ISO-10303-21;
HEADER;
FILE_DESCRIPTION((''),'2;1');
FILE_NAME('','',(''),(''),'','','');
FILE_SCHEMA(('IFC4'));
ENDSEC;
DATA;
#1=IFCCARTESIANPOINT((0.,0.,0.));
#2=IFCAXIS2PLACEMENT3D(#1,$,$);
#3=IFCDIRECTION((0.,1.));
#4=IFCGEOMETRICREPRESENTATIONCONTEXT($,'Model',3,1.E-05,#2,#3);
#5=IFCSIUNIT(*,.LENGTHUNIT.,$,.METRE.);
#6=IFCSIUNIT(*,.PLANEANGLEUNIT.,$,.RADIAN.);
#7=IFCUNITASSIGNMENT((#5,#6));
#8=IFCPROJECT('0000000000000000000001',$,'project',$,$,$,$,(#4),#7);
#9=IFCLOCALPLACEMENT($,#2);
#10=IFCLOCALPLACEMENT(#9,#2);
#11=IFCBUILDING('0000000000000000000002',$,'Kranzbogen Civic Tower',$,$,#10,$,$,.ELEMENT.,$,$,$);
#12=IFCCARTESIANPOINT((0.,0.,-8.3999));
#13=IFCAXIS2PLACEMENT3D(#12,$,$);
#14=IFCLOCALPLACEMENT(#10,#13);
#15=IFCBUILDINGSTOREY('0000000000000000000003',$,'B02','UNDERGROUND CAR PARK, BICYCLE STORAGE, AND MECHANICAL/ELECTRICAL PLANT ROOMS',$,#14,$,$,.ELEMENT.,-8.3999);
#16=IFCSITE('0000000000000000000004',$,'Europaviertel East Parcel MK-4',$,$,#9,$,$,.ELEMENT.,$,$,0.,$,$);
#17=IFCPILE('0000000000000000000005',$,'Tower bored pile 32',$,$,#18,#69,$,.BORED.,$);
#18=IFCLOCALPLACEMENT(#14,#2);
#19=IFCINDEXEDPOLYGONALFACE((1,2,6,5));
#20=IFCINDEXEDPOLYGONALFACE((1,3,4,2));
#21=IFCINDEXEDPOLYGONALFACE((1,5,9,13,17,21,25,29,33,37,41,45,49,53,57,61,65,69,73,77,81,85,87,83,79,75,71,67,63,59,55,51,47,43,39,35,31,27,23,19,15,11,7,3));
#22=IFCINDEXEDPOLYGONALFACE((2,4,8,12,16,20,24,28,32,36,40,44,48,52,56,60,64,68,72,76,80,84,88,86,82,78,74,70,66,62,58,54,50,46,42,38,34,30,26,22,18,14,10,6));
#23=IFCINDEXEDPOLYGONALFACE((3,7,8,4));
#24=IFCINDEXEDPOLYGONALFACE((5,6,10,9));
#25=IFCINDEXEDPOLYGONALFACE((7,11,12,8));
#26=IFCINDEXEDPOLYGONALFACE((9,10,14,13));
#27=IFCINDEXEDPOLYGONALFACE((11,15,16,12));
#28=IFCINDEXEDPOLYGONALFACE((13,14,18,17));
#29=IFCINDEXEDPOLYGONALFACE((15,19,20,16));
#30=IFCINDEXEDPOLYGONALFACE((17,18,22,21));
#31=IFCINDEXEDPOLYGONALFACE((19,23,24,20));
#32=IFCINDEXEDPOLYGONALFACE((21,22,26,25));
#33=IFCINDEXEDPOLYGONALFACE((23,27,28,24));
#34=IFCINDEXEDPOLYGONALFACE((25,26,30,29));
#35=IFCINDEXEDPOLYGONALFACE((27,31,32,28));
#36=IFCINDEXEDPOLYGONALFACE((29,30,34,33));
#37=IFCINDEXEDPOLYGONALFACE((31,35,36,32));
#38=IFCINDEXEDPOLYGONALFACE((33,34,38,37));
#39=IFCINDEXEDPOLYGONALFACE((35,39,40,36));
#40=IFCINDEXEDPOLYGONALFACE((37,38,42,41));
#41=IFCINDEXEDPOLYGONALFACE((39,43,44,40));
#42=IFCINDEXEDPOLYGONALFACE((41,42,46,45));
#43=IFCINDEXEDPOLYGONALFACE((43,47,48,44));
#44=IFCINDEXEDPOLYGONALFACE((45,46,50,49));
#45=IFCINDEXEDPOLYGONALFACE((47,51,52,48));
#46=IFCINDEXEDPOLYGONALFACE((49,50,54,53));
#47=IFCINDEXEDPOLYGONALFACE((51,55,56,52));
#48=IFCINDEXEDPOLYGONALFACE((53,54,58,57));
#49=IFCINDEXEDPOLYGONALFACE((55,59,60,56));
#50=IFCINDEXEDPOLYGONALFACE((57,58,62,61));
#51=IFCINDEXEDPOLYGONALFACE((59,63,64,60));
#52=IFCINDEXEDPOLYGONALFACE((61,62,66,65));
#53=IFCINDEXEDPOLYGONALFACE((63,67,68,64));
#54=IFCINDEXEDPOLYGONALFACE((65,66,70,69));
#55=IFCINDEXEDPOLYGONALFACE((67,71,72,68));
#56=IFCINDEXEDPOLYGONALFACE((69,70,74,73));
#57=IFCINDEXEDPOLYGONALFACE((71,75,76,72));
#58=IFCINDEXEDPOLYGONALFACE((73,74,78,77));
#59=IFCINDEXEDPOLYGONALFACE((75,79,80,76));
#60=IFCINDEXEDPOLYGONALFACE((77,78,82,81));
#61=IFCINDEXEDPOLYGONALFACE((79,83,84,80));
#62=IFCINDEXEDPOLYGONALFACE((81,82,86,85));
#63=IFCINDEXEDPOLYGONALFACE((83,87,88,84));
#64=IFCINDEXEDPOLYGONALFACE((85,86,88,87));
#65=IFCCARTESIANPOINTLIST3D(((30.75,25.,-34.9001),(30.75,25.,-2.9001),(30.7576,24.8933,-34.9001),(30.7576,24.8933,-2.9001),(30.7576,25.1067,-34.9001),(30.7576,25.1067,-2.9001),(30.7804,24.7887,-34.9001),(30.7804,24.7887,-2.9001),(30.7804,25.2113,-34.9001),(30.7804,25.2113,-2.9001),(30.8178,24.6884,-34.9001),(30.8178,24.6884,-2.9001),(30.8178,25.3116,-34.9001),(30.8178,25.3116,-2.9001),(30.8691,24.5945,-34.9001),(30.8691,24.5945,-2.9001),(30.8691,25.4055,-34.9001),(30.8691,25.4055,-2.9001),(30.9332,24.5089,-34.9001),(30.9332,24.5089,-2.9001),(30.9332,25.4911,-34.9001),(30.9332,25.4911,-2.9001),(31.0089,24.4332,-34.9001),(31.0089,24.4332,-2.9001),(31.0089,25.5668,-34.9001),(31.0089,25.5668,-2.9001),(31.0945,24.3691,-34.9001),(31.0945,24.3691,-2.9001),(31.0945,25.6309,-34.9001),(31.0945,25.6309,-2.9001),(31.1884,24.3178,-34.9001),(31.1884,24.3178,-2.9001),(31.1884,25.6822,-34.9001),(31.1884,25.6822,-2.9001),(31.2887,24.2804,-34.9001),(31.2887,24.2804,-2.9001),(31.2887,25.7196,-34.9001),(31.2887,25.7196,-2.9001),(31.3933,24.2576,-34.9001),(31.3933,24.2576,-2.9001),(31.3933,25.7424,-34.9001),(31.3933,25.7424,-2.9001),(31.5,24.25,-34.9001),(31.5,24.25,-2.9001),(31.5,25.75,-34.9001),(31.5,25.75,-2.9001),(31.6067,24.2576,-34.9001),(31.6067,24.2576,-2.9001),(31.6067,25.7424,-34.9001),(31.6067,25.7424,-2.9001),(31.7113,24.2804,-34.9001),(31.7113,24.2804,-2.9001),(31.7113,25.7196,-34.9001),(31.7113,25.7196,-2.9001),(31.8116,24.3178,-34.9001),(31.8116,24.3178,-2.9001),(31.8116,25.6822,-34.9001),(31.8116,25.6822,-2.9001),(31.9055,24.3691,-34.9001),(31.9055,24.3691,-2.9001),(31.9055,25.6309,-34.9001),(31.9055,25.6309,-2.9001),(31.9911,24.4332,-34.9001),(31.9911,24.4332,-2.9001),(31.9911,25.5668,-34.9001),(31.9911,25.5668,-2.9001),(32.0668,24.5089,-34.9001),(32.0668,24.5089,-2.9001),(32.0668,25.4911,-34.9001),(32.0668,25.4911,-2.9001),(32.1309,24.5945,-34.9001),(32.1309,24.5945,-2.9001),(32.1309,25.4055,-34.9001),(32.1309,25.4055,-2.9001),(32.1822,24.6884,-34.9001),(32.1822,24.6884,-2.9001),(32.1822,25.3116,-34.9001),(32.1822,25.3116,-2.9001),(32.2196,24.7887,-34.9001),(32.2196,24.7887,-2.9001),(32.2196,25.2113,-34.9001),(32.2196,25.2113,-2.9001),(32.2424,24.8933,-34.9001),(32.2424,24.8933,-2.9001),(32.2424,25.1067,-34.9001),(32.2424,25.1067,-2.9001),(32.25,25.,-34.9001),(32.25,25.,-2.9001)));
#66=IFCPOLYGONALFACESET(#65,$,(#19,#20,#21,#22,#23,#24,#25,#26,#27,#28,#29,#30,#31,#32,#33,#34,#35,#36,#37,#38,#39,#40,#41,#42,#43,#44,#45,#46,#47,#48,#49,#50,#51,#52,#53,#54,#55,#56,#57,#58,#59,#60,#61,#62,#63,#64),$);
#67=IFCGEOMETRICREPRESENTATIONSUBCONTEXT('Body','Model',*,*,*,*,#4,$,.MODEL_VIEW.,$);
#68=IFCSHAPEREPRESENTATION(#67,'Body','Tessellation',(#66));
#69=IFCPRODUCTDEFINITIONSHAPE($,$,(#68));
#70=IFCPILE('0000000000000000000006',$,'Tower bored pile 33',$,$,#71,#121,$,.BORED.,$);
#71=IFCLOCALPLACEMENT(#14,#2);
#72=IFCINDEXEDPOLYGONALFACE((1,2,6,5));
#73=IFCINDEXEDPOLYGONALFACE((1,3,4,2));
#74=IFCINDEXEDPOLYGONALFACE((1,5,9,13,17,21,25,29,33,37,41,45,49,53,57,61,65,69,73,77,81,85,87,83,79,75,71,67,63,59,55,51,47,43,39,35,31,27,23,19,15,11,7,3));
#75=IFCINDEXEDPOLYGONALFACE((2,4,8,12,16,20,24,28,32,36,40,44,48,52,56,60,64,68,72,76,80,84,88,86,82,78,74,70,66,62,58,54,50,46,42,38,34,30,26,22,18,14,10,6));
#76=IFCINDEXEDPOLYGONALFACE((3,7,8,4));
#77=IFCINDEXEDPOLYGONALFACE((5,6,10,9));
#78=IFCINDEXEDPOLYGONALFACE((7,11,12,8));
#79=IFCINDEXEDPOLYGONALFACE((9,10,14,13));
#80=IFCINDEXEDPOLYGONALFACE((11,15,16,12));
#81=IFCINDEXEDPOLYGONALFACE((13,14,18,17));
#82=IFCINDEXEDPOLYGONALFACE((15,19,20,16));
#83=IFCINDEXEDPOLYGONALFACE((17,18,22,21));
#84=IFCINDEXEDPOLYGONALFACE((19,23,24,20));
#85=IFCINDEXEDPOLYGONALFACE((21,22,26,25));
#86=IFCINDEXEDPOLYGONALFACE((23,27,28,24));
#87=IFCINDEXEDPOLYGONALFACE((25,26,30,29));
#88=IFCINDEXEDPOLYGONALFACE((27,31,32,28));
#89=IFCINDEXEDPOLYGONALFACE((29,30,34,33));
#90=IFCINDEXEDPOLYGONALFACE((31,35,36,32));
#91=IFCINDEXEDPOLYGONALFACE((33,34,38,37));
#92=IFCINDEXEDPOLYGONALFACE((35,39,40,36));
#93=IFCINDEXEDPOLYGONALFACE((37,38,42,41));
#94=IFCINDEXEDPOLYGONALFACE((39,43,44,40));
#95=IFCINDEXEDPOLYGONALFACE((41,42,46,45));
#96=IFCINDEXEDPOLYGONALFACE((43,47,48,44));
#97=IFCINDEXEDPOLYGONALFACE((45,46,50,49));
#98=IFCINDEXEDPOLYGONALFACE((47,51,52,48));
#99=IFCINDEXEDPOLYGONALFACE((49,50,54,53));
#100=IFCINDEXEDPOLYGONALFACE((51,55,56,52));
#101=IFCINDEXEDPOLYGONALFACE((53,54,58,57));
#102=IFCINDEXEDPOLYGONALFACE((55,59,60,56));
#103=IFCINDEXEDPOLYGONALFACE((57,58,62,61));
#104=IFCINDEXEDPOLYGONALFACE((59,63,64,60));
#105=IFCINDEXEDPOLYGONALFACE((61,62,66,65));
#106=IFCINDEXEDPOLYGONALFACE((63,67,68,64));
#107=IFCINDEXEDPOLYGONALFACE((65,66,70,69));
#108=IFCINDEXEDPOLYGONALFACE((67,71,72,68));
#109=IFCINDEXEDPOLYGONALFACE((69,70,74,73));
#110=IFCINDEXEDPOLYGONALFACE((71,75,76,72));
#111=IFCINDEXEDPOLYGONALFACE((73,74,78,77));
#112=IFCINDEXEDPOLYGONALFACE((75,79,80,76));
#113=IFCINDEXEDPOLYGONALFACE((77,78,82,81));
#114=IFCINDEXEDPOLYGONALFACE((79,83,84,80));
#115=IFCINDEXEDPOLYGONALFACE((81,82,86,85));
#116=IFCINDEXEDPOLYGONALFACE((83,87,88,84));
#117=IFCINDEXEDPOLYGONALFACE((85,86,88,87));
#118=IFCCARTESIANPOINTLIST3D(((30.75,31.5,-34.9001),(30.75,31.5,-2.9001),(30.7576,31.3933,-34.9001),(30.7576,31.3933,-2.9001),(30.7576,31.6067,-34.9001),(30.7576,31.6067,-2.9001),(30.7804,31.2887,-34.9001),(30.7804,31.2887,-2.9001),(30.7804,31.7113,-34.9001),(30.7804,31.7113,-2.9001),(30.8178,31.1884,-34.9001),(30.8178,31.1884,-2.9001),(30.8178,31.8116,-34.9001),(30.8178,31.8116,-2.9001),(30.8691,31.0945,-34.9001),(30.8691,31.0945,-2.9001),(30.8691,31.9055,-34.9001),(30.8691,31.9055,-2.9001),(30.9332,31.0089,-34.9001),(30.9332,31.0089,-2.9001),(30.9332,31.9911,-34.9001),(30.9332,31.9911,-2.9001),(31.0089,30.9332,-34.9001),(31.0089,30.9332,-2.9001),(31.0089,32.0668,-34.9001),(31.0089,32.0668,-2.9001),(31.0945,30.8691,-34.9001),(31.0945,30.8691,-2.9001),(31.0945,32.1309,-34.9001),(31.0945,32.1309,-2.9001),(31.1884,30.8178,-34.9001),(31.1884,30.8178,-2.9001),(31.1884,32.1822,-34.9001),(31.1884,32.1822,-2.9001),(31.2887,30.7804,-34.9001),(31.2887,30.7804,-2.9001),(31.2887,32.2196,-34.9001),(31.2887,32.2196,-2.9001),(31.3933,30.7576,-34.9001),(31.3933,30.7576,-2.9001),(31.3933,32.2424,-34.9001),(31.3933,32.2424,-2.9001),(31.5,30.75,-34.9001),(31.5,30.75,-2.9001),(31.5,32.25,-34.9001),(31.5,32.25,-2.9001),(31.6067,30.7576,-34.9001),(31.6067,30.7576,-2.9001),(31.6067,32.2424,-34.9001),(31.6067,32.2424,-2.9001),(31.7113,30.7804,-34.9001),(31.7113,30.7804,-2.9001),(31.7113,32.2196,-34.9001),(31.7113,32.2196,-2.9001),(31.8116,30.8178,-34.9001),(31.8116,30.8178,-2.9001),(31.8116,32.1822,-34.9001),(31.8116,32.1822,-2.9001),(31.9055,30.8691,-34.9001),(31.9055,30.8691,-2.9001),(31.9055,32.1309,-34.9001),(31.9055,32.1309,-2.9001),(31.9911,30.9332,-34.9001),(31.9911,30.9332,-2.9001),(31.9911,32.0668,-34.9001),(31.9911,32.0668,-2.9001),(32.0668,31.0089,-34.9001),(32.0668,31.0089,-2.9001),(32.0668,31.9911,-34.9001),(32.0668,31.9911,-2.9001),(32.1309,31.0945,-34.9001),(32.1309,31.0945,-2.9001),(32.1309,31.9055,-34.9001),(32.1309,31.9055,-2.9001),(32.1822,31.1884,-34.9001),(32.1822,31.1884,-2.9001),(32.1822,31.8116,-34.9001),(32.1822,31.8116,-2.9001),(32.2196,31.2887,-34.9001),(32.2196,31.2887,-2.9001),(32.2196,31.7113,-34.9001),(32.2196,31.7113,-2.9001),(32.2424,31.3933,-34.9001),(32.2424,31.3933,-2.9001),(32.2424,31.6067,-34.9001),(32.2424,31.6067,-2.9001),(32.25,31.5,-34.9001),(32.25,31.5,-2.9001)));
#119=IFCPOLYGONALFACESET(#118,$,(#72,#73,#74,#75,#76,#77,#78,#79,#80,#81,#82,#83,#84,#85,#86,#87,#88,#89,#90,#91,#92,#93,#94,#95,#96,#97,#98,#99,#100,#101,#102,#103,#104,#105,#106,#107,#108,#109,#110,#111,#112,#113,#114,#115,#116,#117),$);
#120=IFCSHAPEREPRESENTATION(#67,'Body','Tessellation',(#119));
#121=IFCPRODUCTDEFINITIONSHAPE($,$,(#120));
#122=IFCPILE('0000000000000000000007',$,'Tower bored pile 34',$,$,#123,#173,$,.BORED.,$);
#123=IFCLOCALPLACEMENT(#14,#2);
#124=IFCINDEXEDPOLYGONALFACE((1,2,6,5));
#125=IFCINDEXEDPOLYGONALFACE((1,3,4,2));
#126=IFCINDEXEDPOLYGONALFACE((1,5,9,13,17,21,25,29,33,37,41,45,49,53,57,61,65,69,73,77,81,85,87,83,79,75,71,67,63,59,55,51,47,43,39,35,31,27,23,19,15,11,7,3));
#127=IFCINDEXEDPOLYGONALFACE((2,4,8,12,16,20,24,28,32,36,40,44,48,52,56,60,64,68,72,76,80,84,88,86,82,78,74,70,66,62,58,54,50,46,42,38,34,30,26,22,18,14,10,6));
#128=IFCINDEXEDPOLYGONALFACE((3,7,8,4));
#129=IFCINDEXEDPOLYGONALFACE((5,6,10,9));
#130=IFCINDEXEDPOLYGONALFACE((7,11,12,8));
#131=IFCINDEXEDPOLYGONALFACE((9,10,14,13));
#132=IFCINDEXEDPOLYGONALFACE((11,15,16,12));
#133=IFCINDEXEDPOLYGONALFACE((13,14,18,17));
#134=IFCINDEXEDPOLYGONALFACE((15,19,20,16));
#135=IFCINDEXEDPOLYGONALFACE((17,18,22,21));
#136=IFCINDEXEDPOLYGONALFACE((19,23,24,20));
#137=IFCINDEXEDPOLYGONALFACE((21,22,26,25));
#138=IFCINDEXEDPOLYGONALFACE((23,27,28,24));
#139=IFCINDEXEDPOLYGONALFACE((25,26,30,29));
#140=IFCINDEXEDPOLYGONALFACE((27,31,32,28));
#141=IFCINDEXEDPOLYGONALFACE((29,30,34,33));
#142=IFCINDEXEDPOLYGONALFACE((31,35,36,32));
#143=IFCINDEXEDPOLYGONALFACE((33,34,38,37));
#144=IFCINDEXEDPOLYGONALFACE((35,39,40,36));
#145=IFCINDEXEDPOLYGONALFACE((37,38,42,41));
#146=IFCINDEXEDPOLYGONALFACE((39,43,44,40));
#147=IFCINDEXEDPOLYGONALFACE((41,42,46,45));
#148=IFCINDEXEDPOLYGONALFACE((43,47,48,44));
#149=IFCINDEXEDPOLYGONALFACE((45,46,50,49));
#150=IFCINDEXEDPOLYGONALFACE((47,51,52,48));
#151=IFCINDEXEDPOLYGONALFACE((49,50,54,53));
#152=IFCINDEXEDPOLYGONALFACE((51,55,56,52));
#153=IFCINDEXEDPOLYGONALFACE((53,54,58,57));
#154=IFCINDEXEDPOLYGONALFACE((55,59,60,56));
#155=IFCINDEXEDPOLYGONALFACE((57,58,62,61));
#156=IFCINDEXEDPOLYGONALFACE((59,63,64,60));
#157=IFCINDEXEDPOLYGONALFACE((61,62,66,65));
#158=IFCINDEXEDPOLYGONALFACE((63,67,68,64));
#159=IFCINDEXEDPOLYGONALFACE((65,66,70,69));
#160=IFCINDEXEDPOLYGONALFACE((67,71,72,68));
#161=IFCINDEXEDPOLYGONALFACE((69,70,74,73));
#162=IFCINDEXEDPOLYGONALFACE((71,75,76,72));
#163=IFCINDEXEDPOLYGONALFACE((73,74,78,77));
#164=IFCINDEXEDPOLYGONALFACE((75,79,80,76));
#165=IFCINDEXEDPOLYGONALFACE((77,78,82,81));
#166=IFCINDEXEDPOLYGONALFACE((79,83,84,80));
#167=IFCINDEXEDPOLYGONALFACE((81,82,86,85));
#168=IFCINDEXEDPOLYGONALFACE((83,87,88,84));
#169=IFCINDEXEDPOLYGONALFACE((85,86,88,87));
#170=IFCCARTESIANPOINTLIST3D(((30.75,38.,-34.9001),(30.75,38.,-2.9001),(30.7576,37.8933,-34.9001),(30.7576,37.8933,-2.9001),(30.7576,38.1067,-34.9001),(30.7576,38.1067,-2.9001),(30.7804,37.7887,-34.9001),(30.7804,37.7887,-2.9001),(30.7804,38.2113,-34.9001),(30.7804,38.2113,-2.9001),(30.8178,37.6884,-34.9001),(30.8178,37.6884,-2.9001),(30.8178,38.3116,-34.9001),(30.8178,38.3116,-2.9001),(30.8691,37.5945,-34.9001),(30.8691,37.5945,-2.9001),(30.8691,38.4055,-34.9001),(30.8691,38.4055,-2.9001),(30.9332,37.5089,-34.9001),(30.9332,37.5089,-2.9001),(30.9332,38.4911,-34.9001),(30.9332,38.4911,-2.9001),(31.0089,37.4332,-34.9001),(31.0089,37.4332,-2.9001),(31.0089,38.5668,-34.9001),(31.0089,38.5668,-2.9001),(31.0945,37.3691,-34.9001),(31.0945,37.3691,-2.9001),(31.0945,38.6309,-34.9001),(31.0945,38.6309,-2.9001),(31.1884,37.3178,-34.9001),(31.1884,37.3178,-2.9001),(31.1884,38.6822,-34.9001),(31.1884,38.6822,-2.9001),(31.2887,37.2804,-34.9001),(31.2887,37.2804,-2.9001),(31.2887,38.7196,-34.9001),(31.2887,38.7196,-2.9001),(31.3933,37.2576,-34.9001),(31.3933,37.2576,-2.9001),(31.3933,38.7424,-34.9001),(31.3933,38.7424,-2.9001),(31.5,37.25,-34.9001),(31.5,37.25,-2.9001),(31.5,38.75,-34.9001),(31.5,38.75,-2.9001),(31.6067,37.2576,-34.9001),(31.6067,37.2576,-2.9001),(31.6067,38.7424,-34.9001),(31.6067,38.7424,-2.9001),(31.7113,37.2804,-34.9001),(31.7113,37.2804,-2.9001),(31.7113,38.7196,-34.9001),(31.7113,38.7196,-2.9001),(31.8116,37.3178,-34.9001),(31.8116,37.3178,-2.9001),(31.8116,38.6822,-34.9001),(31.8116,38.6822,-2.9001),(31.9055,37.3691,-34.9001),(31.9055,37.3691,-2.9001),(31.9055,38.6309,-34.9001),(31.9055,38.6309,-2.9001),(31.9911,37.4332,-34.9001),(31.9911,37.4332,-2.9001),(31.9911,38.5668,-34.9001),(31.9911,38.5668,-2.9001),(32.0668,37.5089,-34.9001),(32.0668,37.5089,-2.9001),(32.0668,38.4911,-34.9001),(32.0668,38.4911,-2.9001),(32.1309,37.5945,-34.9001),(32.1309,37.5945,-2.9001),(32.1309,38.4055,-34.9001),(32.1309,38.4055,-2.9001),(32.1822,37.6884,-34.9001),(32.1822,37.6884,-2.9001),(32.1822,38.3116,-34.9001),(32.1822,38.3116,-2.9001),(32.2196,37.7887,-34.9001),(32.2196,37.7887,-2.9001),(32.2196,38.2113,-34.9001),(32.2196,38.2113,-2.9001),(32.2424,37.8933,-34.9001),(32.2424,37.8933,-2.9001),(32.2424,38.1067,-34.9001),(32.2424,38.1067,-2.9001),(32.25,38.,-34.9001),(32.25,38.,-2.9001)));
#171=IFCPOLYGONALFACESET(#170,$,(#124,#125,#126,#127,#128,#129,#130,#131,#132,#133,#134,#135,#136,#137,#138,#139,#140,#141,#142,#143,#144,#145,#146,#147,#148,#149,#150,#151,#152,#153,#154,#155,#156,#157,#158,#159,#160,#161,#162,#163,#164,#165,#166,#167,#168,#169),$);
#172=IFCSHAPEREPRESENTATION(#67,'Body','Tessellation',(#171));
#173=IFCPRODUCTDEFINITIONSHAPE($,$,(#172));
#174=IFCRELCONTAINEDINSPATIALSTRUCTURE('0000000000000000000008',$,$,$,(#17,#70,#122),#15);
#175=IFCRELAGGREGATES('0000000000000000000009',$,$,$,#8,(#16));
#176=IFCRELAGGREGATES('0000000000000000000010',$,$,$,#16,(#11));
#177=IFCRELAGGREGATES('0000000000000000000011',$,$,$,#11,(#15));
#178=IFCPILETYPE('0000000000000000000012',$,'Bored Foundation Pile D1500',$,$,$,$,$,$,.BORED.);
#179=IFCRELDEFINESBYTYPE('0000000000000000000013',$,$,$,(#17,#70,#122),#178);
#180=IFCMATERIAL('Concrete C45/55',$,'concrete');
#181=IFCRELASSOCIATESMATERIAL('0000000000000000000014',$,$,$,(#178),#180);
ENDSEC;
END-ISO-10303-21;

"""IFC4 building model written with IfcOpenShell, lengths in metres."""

from ifc_helpers import new_model, si_unit, direction, frame, origin, origin_2d, place, context, subcontext, project, spatial, circle, extrude, material, material_profile, profile_set, type_object, element, save


model = new_model("IFC4")

# Units and contexts
model_context = context("Model", 3, precision=1e-05, world=origin(), true_north=direction((0.0, 1.0)))
body_context = subcontext(model_context, "Body", "Model", "MODEL_VIEW")
ifc_project = project(units=[si_unit("LENGTHUNIT", "METRE"), si_unit("PLANEANGLEUNIT", "RADIAN")], contexts=[model_context])

# Site, building, storey
site_placement = place(None, origin())
site = spatial("IfcSite", under=ifc_project, at=site_placement, Name="Europaviertel East Parcel MK-4", CompositionType="ELEMENT", RefElevation=0.0)
building_placement = place(site_placement, origin())
building = spatial("IfcBuilding", under=site, at=building_placement, Name="Kranzbogen Civic Tower", CompositionType="ELEMENT")
storey_placement = place(building_placement, frame((0.0, 0.0, -8.3999)))
storey = spatial("IfcBuildingStorey", under=building, at=storey_placement, Name="B02", Description="UNDERGROUND CAR PARK, BICYCLE STORAGE, AND MECHANICAL/ELECTRICAL PLANT ROOMS", CompositionType="ELEMENT", Elevation=-8.3999)

# Piles
ifc_material_1 = material(Name="Concrete C45/55", Category="concrete")
ifc_material_profile_1 = material_profile(ifc_material_1, circle(Radius=0.75, at=origin_2d()), Name="PILE D1500")
ifc_profile_set_1 = profile_set([ifc_material_profile_1], Name="Concrete C45/55")
pile_type = type_object("IfcPileType", Name="Bored Foundation Pile D1500", PredefinedType="BORED", material=ifc_profile_set_1)
for number, where, z_axis, x_axis, name in (
    (1, (31.5, 25.0, -2.9001), (0.0, 0.0, -1.0), (1.0, 0.0, 0.0), "Tower bored pile 32"),
    (2, (31.5, 31.5, -2.9001), (0.0, 0.0, -1.0), (1.0, 0.0, 0.0), "Tower bored pile 33"),
    (3, (31.5, 38.0, -2.9001), (0.0, 0.0, -1.0), (1.0, 0.0, 0.0), "Tower bored pile 34"),
):
    element("IfcPile", number, at=place(storey_placement, frame(where, z_axis=z_axis, x_axis=x_axis)), inside=storey, type_object=pile_type, Name=name, PredefinedType="BORED", context=body_context, shape_type="SweptSolid", body=[
        extrude(circle(Radius=0.75, at=origin_2d()), origin(), (0.0, 0.0, 1.0), 32.0),
    ])

save(model, "model.ifc")
